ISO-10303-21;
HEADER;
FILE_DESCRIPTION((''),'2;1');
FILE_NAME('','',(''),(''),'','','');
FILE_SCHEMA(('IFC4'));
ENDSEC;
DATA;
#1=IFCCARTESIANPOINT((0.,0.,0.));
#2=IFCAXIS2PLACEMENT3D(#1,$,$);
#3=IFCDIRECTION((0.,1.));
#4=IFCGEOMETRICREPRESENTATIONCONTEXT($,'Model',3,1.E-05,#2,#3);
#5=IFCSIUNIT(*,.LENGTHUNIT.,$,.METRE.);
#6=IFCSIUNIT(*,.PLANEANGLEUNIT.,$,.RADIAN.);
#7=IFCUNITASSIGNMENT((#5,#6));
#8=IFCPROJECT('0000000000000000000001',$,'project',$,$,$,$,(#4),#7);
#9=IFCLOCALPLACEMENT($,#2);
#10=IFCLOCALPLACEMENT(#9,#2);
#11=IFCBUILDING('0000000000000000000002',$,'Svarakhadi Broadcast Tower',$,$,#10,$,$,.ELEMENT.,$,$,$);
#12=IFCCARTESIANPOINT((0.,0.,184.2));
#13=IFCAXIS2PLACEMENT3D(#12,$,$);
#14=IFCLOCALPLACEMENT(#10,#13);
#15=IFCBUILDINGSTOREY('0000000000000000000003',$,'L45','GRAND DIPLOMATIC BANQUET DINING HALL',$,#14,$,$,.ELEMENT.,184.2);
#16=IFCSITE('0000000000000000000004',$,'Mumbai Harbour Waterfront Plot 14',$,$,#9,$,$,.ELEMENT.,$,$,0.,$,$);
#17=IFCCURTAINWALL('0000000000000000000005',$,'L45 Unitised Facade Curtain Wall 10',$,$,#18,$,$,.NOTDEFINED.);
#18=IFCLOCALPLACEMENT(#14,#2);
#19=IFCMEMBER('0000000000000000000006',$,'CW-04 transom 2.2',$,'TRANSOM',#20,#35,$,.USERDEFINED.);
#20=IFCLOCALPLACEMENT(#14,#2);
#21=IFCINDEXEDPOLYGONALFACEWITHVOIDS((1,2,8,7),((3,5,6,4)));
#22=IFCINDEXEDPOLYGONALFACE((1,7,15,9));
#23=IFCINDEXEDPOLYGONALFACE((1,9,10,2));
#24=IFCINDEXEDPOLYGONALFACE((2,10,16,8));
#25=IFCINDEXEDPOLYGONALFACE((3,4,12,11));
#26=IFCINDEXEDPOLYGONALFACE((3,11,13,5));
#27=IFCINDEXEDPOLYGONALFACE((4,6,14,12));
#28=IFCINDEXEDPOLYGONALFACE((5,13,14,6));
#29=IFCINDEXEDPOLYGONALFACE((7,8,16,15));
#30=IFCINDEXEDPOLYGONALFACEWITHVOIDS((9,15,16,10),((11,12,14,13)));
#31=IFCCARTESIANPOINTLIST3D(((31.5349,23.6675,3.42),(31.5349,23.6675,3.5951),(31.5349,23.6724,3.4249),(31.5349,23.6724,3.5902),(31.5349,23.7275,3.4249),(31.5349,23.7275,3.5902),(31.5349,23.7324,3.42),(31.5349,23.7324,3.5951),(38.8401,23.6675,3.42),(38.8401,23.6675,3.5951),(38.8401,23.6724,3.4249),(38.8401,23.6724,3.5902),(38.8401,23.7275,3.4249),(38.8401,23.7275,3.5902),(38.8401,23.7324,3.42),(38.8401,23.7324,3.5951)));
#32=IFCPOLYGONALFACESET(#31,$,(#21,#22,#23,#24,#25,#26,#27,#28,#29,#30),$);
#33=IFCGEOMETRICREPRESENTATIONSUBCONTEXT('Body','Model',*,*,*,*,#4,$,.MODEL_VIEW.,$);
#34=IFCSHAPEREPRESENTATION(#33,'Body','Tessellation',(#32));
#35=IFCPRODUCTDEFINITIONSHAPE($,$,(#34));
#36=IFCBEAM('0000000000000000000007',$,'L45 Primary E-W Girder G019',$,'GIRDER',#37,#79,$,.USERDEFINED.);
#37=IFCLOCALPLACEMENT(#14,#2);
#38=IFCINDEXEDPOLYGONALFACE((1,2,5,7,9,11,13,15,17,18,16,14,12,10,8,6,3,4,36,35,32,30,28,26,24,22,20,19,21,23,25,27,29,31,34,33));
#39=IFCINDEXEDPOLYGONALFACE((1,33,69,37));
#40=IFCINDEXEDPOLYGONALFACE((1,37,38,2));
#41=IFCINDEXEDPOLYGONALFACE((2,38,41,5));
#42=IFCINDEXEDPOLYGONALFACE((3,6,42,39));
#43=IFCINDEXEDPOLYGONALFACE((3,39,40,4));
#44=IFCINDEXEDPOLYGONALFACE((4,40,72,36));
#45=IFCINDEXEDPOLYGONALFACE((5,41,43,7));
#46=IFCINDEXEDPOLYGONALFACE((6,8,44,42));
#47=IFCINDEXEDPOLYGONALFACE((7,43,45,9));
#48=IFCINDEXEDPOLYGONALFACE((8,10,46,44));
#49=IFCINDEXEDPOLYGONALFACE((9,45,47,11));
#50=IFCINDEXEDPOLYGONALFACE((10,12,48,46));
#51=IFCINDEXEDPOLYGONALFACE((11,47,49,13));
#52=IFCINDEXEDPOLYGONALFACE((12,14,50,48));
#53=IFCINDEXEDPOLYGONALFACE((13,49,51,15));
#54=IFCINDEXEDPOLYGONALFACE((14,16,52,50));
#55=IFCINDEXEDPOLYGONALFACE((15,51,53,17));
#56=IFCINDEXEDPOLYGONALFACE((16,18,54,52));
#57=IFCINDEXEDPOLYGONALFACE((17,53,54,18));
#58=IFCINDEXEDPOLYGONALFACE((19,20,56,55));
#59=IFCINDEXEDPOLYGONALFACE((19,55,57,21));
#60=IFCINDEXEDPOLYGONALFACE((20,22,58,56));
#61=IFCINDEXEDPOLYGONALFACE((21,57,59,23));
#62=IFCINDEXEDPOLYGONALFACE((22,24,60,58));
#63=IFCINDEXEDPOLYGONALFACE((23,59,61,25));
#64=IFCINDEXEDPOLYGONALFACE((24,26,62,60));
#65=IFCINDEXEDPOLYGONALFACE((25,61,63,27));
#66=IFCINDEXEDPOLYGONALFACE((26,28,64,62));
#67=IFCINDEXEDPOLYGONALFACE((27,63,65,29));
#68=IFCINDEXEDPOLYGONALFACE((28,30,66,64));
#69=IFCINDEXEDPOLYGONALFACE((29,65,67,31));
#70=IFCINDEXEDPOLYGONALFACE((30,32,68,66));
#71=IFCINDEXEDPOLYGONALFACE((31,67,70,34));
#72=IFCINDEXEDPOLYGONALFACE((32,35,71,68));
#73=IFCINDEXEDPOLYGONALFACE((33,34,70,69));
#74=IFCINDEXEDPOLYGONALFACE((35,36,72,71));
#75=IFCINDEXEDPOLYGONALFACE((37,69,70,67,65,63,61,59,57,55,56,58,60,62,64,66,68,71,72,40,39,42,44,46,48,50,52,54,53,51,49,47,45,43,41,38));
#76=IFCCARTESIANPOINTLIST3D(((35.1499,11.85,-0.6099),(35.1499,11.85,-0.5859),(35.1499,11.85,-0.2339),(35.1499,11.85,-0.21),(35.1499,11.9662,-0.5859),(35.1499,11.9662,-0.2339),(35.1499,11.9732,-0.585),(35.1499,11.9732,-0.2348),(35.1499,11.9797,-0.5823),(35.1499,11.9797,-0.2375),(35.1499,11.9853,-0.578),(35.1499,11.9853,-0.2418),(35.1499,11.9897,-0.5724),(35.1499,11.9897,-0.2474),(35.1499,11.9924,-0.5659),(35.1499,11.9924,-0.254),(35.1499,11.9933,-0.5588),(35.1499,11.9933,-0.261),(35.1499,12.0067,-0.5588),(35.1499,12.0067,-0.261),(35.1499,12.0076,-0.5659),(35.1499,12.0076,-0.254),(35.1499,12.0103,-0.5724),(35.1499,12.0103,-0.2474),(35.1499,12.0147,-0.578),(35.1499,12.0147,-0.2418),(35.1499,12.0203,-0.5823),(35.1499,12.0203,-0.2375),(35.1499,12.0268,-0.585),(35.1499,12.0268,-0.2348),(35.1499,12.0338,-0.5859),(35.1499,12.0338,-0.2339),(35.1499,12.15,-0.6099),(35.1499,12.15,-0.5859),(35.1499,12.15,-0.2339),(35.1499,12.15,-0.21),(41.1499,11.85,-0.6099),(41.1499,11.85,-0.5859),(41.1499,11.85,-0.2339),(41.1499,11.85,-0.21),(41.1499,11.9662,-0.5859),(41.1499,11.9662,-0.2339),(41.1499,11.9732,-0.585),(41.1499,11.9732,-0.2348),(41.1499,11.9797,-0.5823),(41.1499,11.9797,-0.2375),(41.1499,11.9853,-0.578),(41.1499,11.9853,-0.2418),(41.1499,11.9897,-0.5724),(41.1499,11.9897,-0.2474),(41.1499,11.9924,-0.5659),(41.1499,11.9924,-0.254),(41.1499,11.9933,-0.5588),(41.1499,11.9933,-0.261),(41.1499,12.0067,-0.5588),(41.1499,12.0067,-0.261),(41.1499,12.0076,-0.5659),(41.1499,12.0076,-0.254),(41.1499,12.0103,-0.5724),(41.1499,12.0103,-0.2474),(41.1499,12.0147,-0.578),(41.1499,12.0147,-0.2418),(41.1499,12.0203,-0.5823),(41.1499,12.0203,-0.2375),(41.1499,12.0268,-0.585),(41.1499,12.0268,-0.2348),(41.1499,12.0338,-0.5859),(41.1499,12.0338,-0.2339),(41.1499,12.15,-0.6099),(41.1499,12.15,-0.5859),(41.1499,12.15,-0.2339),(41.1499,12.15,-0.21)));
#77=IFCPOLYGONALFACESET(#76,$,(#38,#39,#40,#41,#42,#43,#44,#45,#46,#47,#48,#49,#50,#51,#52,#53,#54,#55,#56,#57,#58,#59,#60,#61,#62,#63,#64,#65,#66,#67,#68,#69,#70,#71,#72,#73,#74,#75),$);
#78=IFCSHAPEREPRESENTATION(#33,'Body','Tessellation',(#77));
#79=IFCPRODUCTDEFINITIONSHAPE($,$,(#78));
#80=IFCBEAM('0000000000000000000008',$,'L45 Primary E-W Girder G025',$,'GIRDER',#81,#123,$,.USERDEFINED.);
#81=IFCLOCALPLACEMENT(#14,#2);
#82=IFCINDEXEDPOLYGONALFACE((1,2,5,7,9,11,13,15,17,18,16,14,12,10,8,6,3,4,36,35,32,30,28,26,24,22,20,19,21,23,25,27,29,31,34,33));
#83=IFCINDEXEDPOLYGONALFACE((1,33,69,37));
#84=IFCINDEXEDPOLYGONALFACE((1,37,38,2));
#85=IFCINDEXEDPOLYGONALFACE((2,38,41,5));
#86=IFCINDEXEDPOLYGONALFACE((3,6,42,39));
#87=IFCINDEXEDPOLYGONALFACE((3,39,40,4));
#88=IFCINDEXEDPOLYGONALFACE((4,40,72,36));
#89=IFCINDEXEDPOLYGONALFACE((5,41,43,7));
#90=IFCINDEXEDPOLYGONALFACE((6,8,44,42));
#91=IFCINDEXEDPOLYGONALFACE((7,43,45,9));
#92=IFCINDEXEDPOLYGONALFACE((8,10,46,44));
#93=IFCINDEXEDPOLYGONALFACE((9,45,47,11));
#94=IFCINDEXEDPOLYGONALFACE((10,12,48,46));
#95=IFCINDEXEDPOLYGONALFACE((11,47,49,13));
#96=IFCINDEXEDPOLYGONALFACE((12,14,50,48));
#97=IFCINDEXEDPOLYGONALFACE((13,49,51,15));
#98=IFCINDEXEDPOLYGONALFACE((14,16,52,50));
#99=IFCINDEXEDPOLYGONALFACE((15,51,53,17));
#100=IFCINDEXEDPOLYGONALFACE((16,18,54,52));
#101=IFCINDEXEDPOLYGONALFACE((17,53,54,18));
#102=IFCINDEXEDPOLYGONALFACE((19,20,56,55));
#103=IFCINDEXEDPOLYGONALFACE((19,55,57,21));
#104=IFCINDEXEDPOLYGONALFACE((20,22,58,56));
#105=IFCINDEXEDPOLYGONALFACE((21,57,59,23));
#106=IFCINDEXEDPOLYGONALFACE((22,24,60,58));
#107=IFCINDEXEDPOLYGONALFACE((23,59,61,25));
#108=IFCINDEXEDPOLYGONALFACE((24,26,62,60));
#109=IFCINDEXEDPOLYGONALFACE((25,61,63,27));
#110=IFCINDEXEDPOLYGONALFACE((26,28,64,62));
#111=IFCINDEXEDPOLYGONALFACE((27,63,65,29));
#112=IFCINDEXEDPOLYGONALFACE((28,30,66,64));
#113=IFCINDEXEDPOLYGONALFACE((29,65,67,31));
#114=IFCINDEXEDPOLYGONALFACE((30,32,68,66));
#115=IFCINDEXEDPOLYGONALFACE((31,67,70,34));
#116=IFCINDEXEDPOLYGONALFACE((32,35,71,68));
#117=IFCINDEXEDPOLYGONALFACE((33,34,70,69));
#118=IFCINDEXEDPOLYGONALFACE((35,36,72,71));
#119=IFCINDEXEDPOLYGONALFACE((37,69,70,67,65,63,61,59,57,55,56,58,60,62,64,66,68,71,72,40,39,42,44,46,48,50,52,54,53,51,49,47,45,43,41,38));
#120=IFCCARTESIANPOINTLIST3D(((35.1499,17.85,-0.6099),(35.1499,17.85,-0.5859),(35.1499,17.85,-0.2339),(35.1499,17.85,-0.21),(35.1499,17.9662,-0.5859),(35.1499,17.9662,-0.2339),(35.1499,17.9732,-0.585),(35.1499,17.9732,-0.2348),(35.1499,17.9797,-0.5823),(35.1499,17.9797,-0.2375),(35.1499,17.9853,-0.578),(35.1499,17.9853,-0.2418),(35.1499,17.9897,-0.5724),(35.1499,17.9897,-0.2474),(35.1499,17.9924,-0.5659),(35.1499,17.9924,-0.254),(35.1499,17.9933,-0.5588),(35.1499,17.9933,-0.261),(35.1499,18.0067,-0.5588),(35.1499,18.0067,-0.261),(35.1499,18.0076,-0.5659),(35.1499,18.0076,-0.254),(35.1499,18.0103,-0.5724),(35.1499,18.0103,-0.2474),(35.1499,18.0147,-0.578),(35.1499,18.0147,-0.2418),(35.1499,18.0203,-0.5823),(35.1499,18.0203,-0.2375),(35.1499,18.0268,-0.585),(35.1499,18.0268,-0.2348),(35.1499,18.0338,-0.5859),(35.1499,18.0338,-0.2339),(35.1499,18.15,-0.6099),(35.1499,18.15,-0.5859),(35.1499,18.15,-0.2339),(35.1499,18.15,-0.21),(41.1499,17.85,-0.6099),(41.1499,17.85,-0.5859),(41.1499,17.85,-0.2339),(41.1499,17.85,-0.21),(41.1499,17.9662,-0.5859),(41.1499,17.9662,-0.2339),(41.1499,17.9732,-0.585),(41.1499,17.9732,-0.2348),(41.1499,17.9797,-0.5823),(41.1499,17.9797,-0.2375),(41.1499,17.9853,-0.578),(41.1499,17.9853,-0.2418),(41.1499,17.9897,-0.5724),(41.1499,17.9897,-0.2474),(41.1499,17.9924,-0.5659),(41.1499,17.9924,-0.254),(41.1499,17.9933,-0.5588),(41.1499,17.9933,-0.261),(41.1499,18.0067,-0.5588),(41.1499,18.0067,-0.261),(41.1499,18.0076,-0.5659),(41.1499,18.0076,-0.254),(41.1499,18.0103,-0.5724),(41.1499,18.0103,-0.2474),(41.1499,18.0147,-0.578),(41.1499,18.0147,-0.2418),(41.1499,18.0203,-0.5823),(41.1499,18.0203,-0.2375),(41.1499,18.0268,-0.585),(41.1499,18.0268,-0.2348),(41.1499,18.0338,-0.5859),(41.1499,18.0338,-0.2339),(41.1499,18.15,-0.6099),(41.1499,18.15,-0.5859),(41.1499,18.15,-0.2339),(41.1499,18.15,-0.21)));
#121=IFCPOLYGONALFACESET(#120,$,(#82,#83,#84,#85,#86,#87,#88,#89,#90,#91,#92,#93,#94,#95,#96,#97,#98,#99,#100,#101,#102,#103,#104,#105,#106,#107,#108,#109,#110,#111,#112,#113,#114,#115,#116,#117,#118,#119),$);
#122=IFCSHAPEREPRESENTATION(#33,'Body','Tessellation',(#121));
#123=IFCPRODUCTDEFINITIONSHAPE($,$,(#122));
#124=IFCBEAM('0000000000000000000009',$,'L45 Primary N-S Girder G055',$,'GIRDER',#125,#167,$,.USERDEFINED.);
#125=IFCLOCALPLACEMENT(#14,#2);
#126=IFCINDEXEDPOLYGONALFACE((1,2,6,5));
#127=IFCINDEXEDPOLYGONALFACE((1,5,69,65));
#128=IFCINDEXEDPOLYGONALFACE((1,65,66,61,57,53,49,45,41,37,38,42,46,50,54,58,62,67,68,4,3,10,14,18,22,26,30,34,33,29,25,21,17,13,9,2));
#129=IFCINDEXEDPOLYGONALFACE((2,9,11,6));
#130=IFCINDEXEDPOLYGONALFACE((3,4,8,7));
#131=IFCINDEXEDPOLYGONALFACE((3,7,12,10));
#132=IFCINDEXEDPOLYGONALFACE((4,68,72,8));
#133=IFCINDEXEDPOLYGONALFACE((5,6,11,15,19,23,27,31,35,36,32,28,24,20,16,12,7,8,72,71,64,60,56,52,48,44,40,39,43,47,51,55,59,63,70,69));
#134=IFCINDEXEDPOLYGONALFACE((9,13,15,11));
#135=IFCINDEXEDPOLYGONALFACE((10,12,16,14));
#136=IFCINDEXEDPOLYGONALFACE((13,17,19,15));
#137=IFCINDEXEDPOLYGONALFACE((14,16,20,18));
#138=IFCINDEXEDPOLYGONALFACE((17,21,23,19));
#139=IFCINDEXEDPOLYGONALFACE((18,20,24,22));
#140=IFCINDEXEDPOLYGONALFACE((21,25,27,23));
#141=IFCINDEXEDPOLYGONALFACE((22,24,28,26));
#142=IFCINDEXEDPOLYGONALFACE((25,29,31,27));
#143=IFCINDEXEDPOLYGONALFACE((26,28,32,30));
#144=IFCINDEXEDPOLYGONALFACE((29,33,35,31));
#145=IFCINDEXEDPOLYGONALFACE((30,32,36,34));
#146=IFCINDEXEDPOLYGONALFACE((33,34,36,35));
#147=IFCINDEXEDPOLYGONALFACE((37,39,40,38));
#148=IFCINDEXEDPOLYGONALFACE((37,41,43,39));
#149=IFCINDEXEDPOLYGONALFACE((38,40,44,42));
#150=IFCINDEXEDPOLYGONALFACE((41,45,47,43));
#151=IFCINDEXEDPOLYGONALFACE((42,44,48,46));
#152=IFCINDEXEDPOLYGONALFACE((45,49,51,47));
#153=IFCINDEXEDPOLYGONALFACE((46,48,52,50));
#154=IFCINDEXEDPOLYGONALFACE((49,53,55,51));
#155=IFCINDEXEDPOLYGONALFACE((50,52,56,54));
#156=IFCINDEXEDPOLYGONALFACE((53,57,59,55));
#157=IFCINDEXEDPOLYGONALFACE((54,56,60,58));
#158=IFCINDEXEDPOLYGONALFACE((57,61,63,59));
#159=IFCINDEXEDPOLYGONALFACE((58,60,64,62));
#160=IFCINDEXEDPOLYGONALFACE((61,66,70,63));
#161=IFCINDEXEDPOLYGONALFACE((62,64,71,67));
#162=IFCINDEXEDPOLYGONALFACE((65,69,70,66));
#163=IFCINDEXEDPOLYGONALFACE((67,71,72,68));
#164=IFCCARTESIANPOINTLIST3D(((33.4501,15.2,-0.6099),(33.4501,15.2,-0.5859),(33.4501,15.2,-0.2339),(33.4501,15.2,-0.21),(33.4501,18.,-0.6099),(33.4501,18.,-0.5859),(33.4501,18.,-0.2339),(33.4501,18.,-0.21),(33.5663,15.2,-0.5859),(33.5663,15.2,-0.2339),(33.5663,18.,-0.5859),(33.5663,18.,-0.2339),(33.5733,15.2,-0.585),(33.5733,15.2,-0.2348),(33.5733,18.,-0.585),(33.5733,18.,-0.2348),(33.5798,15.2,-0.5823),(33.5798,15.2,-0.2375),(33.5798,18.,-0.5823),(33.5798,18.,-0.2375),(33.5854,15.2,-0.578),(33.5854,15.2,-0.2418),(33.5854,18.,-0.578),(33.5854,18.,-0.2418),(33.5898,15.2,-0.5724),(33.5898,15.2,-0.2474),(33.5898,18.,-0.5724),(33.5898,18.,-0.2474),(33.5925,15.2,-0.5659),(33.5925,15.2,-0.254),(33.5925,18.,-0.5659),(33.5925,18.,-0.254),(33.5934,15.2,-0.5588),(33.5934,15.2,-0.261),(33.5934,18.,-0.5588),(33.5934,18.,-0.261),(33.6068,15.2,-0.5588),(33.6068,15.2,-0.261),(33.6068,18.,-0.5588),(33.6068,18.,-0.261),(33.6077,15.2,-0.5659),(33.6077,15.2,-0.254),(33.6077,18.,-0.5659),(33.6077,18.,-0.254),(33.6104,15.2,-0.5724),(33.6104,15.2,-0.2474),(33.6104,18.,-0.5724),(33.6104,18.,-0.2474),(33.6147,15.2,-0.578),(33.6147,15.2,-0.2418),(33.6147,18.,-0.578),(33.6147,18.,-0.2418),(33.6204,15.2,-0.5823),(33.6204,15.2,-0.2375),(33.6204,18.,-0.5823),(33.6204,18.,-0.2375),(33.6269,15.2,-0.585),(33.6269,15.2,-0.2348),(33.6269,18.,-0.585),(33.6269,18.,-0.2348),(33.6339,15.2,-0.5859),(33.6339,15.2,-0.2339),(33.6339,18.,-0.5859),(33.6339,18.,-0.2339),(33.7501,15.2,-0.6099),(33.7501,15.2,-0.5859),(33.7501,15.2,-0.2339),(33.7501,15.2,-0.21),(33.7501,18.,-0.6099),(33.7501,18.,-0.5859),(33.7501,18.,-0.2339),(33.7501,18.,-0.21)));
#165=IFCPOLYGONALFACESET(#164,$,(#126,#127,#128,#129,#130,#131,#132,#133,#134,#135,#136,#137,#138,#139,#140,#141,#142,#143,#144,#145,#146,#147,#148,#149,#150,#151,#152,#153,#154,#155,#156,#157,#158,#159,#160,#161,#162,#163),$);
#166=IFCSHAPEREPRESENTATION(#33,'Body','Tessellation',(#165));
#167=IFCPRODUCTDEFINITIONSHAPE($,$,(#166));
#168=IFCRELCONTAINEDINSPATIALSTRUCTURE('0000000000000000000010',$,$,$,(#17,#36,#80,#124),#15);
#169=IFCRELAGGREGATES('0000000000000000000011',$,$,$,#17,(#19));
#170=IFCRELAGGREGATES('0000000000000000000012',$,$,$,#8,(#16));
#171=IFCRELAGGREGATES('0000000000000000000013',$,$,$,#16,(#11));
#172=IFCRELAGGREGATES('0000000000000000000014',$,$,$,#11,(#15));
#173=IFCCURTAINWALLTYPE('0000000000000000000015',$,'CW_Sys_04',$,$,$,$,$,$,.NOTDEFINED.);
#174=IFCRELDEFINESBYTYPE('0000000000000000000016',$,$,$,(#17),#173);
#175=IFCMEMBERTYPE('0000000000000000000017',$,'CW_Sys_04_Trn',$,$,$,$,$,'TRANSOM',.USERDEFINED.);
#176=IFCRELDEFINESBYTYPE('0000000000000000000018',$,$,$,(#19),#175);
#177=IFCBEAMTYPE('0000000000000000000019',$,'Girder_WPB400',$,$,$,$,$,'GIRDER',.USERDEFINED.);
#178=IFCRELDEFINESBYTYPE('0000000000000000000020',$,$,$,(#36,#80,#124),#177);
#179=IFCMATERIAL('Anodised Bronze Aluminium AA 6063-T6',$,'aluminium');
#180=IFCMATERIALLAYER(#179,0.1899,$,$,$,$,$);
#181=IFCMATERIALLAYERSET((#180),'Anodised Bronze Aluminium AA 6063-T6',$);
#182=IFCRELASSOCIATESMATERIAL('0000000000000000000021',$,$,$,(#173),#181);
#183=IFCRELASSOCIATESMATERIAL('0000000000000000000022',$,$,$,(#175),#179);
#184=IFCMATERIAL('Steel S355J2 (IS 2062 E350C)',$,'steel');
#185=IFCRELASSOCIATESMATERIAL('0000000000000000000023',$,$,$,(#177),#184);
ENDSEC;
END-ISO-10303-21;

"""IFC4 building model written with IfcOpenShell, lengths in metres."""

from ifc_helpers import new_model, si_unit, direction, frame, origin, origin_2d, place, context, subcontext, project, spatial, hollow_rectangle, i_section, extrude, material, layer, layer_set, material_profile, profile_set, type_object, element, aggregate, save


model = new_model("IFC4")

# Units and contexts
model_context = context("Model", 3, precision=1e-05, world=origin(), true_north=direction((0.0, 1.0)))
body_context = subcontext(model_context, "Body", "Model", "MODEL_VIEW")
ifc_project = project(units=[si_unit("LENGTHUNIT", "METRE"), si_unit("PLANEANGLEUNIT", "RADIAN")], contexts=[model_context])

# Site, building, storey
site_placement = place(None, origin())
site = spatial("IfcSite", under=ifc_project, at=site_placement, Name="Mumbai Harbour Waterfront Plot 14", CompositionType="ELEMENT", RefElevation=0.0)
building_placement = place(site_placement, origin())
building = spatial("IfcBuilding", under=site, at=building_placement, Name="Svarakhadi Broadcast Tower", CompositionType="ELEMENT")
storey_placement = place(building_placement, frame((0.0, 0.0, 184.2)))
storey = spatial("IfcBuildingStorey", under=building, at=storey_placement, Name="L45", Description="GRAND DIPLOMATIC BANQUET DINING HALL", CompositionType="ELEMENT", Elevation=184.2)

# Shared definitions
ifc_material_1 = material(Name="Steel S355J2 (IS 2062 E350C)", Category="steel")

# Curtain wall, member
ifc_material_2 = material(Name="Anodised Bronze Aluminium AA 6063-T6", Category="aluminium")
ifc_layer_1 = layer(ifc_material_2, 0.1899)
ifc_layer_set_1 = layer_set([ifc_layer_1], Name="Anodised Bronze Aluminium AA 6063-T6")
curtain_wall_type = type_object("IfcCurtainWallType", Name="CW_Sys_04", PredefinedType="NOTDEFINED", material=ifc_layer_set_1)
curtain_wall_placement = place(storey_placement, origin())
curtain_wall = element("IfcCurtainWall", 1, at=curtain_wall_placement, inside=storey, type_object=curtain_wall_type, Name="L45 Unitised Facade Curtain Wall 10", PredefinedType="NOTDEFINED")
ifc_material_profile_1 = material_profile(ifc_material_2, hollow_rectangle(XDim=0.0649, YDim=0.175, WallThickness=0.0049, at=origin_2d()), Name="ALU TRANSOM 175x65x5")
ifc_profile_set_1 = profile_set([ifc_material_profile_1], Name="Anodised Bronze Aluminium AA 6063-T6")
member_type_1 = type_object("IfcMemberType", Name="CW_Sys_04_Trn", ElementType="TRANSOM", PredefinedType="USERDEFINED", material=ifc_profile_set_1)
member_1_placement = place(storey_placement, frame((31.5349, 23.7, 3.5076), z_axis=(1.0, 0.0, 0.0), x_axis=(0.0, 1.0, 0.0)))
member_1 = element("IfcMember", 2, at=member_1_placement, type_object=member_type_1, Name="CW-04 transom 2.2", ObjectType="TRANSOM", PredefinedType="USERDEFINED", context=body_context, shape_type="SweptSolid", body=[
    extrude(hollow_rectangle(XDim=0.0649, YDim=0.175, WallThickness=0.0049, at=origin_2d()), origin(), (0.0, 0.0, 1.0), 7.3052),
])

# Beams
ifc_material_profile_2 = material_profile(ifc_material_1, i_section(OverallWidth=0.3, OverallDepth=0.3999, WebThickness=0.0134, FlangeThickness=0.0239, FilletRadius=0.0271, at=origin_2d()), Name="WPB 400x300x155")
ifc_profile_set_2 = profile_set([ifc_material_profile_2], Name="Steel S355J2 (IS 2062 E350C)")
beam_type_1 = type_object("IfcBeamType", Name="Girder_WPB400", ElementType="GIRDER", PredefinedType="USERDEFINED", material=ifc_profile_set_2)
for number, where, z_axis, x_axis, name in (
    (3, (35.1499, 12.0, -0.4099), (1.0, 0.0, 0.0), (0.0, 1.0, 0.0), "L45 Primary E-W Girder G019"),
    (4, (35.1499, 18.0, -0.4099), (1.0, 0.0, 0.0), (0.0, 1.0, 0.0), "L45 Primary E-W Girder G025"),
):
    element("IfcBeam", number, at=place(storey_placement, frame(where, z_axis=z_axis, x_axis=x_axis)), inside=storey, type_object=beam_type_1, Name=name, ObjectType="GIRDER", PredefinedType="USERDEFINED", context=body_context, shape_type="SweptSolid", body=[
        extrude(i_section(OverallWidth=0.3, OverallDepth=0.3999, WebThickness=0.0134, FlangeThickness=0.0239, FilletRadius=0.0271, at=origin_2d()), origin(), (0.0, 0.0, 1.0), 6.0),
    ])
beam_1_placement = place(storey_placement, frame((33.6001, 15.2, -0.4099), z_axis=(0.0, 1.0, 0.0), x_axis=(-1.0, 0.0, 0.0)))
element("IfcBeam", 5, at=beam_1_placement, inside=storey, type_object=beam_type_1, Name="L45 Primary N-S Girder G055", ObjectType="GIRDER", PredefinedType="USERDEFINED", context=body_context, shape_type="SweptSolid", body=[
    extrude(i_section(OverallWidth=0.3, OverallDepth=0.3999, WebThickness=0.0134, FlangeThickness=0.0239, FilletRadius=0.0271, at=origin_2d()), origin(), (0.0, 0.0, 1.0), 2.8),
])

aggregate(curtain_wall, [member_1])

save(model, "model.ifc")
